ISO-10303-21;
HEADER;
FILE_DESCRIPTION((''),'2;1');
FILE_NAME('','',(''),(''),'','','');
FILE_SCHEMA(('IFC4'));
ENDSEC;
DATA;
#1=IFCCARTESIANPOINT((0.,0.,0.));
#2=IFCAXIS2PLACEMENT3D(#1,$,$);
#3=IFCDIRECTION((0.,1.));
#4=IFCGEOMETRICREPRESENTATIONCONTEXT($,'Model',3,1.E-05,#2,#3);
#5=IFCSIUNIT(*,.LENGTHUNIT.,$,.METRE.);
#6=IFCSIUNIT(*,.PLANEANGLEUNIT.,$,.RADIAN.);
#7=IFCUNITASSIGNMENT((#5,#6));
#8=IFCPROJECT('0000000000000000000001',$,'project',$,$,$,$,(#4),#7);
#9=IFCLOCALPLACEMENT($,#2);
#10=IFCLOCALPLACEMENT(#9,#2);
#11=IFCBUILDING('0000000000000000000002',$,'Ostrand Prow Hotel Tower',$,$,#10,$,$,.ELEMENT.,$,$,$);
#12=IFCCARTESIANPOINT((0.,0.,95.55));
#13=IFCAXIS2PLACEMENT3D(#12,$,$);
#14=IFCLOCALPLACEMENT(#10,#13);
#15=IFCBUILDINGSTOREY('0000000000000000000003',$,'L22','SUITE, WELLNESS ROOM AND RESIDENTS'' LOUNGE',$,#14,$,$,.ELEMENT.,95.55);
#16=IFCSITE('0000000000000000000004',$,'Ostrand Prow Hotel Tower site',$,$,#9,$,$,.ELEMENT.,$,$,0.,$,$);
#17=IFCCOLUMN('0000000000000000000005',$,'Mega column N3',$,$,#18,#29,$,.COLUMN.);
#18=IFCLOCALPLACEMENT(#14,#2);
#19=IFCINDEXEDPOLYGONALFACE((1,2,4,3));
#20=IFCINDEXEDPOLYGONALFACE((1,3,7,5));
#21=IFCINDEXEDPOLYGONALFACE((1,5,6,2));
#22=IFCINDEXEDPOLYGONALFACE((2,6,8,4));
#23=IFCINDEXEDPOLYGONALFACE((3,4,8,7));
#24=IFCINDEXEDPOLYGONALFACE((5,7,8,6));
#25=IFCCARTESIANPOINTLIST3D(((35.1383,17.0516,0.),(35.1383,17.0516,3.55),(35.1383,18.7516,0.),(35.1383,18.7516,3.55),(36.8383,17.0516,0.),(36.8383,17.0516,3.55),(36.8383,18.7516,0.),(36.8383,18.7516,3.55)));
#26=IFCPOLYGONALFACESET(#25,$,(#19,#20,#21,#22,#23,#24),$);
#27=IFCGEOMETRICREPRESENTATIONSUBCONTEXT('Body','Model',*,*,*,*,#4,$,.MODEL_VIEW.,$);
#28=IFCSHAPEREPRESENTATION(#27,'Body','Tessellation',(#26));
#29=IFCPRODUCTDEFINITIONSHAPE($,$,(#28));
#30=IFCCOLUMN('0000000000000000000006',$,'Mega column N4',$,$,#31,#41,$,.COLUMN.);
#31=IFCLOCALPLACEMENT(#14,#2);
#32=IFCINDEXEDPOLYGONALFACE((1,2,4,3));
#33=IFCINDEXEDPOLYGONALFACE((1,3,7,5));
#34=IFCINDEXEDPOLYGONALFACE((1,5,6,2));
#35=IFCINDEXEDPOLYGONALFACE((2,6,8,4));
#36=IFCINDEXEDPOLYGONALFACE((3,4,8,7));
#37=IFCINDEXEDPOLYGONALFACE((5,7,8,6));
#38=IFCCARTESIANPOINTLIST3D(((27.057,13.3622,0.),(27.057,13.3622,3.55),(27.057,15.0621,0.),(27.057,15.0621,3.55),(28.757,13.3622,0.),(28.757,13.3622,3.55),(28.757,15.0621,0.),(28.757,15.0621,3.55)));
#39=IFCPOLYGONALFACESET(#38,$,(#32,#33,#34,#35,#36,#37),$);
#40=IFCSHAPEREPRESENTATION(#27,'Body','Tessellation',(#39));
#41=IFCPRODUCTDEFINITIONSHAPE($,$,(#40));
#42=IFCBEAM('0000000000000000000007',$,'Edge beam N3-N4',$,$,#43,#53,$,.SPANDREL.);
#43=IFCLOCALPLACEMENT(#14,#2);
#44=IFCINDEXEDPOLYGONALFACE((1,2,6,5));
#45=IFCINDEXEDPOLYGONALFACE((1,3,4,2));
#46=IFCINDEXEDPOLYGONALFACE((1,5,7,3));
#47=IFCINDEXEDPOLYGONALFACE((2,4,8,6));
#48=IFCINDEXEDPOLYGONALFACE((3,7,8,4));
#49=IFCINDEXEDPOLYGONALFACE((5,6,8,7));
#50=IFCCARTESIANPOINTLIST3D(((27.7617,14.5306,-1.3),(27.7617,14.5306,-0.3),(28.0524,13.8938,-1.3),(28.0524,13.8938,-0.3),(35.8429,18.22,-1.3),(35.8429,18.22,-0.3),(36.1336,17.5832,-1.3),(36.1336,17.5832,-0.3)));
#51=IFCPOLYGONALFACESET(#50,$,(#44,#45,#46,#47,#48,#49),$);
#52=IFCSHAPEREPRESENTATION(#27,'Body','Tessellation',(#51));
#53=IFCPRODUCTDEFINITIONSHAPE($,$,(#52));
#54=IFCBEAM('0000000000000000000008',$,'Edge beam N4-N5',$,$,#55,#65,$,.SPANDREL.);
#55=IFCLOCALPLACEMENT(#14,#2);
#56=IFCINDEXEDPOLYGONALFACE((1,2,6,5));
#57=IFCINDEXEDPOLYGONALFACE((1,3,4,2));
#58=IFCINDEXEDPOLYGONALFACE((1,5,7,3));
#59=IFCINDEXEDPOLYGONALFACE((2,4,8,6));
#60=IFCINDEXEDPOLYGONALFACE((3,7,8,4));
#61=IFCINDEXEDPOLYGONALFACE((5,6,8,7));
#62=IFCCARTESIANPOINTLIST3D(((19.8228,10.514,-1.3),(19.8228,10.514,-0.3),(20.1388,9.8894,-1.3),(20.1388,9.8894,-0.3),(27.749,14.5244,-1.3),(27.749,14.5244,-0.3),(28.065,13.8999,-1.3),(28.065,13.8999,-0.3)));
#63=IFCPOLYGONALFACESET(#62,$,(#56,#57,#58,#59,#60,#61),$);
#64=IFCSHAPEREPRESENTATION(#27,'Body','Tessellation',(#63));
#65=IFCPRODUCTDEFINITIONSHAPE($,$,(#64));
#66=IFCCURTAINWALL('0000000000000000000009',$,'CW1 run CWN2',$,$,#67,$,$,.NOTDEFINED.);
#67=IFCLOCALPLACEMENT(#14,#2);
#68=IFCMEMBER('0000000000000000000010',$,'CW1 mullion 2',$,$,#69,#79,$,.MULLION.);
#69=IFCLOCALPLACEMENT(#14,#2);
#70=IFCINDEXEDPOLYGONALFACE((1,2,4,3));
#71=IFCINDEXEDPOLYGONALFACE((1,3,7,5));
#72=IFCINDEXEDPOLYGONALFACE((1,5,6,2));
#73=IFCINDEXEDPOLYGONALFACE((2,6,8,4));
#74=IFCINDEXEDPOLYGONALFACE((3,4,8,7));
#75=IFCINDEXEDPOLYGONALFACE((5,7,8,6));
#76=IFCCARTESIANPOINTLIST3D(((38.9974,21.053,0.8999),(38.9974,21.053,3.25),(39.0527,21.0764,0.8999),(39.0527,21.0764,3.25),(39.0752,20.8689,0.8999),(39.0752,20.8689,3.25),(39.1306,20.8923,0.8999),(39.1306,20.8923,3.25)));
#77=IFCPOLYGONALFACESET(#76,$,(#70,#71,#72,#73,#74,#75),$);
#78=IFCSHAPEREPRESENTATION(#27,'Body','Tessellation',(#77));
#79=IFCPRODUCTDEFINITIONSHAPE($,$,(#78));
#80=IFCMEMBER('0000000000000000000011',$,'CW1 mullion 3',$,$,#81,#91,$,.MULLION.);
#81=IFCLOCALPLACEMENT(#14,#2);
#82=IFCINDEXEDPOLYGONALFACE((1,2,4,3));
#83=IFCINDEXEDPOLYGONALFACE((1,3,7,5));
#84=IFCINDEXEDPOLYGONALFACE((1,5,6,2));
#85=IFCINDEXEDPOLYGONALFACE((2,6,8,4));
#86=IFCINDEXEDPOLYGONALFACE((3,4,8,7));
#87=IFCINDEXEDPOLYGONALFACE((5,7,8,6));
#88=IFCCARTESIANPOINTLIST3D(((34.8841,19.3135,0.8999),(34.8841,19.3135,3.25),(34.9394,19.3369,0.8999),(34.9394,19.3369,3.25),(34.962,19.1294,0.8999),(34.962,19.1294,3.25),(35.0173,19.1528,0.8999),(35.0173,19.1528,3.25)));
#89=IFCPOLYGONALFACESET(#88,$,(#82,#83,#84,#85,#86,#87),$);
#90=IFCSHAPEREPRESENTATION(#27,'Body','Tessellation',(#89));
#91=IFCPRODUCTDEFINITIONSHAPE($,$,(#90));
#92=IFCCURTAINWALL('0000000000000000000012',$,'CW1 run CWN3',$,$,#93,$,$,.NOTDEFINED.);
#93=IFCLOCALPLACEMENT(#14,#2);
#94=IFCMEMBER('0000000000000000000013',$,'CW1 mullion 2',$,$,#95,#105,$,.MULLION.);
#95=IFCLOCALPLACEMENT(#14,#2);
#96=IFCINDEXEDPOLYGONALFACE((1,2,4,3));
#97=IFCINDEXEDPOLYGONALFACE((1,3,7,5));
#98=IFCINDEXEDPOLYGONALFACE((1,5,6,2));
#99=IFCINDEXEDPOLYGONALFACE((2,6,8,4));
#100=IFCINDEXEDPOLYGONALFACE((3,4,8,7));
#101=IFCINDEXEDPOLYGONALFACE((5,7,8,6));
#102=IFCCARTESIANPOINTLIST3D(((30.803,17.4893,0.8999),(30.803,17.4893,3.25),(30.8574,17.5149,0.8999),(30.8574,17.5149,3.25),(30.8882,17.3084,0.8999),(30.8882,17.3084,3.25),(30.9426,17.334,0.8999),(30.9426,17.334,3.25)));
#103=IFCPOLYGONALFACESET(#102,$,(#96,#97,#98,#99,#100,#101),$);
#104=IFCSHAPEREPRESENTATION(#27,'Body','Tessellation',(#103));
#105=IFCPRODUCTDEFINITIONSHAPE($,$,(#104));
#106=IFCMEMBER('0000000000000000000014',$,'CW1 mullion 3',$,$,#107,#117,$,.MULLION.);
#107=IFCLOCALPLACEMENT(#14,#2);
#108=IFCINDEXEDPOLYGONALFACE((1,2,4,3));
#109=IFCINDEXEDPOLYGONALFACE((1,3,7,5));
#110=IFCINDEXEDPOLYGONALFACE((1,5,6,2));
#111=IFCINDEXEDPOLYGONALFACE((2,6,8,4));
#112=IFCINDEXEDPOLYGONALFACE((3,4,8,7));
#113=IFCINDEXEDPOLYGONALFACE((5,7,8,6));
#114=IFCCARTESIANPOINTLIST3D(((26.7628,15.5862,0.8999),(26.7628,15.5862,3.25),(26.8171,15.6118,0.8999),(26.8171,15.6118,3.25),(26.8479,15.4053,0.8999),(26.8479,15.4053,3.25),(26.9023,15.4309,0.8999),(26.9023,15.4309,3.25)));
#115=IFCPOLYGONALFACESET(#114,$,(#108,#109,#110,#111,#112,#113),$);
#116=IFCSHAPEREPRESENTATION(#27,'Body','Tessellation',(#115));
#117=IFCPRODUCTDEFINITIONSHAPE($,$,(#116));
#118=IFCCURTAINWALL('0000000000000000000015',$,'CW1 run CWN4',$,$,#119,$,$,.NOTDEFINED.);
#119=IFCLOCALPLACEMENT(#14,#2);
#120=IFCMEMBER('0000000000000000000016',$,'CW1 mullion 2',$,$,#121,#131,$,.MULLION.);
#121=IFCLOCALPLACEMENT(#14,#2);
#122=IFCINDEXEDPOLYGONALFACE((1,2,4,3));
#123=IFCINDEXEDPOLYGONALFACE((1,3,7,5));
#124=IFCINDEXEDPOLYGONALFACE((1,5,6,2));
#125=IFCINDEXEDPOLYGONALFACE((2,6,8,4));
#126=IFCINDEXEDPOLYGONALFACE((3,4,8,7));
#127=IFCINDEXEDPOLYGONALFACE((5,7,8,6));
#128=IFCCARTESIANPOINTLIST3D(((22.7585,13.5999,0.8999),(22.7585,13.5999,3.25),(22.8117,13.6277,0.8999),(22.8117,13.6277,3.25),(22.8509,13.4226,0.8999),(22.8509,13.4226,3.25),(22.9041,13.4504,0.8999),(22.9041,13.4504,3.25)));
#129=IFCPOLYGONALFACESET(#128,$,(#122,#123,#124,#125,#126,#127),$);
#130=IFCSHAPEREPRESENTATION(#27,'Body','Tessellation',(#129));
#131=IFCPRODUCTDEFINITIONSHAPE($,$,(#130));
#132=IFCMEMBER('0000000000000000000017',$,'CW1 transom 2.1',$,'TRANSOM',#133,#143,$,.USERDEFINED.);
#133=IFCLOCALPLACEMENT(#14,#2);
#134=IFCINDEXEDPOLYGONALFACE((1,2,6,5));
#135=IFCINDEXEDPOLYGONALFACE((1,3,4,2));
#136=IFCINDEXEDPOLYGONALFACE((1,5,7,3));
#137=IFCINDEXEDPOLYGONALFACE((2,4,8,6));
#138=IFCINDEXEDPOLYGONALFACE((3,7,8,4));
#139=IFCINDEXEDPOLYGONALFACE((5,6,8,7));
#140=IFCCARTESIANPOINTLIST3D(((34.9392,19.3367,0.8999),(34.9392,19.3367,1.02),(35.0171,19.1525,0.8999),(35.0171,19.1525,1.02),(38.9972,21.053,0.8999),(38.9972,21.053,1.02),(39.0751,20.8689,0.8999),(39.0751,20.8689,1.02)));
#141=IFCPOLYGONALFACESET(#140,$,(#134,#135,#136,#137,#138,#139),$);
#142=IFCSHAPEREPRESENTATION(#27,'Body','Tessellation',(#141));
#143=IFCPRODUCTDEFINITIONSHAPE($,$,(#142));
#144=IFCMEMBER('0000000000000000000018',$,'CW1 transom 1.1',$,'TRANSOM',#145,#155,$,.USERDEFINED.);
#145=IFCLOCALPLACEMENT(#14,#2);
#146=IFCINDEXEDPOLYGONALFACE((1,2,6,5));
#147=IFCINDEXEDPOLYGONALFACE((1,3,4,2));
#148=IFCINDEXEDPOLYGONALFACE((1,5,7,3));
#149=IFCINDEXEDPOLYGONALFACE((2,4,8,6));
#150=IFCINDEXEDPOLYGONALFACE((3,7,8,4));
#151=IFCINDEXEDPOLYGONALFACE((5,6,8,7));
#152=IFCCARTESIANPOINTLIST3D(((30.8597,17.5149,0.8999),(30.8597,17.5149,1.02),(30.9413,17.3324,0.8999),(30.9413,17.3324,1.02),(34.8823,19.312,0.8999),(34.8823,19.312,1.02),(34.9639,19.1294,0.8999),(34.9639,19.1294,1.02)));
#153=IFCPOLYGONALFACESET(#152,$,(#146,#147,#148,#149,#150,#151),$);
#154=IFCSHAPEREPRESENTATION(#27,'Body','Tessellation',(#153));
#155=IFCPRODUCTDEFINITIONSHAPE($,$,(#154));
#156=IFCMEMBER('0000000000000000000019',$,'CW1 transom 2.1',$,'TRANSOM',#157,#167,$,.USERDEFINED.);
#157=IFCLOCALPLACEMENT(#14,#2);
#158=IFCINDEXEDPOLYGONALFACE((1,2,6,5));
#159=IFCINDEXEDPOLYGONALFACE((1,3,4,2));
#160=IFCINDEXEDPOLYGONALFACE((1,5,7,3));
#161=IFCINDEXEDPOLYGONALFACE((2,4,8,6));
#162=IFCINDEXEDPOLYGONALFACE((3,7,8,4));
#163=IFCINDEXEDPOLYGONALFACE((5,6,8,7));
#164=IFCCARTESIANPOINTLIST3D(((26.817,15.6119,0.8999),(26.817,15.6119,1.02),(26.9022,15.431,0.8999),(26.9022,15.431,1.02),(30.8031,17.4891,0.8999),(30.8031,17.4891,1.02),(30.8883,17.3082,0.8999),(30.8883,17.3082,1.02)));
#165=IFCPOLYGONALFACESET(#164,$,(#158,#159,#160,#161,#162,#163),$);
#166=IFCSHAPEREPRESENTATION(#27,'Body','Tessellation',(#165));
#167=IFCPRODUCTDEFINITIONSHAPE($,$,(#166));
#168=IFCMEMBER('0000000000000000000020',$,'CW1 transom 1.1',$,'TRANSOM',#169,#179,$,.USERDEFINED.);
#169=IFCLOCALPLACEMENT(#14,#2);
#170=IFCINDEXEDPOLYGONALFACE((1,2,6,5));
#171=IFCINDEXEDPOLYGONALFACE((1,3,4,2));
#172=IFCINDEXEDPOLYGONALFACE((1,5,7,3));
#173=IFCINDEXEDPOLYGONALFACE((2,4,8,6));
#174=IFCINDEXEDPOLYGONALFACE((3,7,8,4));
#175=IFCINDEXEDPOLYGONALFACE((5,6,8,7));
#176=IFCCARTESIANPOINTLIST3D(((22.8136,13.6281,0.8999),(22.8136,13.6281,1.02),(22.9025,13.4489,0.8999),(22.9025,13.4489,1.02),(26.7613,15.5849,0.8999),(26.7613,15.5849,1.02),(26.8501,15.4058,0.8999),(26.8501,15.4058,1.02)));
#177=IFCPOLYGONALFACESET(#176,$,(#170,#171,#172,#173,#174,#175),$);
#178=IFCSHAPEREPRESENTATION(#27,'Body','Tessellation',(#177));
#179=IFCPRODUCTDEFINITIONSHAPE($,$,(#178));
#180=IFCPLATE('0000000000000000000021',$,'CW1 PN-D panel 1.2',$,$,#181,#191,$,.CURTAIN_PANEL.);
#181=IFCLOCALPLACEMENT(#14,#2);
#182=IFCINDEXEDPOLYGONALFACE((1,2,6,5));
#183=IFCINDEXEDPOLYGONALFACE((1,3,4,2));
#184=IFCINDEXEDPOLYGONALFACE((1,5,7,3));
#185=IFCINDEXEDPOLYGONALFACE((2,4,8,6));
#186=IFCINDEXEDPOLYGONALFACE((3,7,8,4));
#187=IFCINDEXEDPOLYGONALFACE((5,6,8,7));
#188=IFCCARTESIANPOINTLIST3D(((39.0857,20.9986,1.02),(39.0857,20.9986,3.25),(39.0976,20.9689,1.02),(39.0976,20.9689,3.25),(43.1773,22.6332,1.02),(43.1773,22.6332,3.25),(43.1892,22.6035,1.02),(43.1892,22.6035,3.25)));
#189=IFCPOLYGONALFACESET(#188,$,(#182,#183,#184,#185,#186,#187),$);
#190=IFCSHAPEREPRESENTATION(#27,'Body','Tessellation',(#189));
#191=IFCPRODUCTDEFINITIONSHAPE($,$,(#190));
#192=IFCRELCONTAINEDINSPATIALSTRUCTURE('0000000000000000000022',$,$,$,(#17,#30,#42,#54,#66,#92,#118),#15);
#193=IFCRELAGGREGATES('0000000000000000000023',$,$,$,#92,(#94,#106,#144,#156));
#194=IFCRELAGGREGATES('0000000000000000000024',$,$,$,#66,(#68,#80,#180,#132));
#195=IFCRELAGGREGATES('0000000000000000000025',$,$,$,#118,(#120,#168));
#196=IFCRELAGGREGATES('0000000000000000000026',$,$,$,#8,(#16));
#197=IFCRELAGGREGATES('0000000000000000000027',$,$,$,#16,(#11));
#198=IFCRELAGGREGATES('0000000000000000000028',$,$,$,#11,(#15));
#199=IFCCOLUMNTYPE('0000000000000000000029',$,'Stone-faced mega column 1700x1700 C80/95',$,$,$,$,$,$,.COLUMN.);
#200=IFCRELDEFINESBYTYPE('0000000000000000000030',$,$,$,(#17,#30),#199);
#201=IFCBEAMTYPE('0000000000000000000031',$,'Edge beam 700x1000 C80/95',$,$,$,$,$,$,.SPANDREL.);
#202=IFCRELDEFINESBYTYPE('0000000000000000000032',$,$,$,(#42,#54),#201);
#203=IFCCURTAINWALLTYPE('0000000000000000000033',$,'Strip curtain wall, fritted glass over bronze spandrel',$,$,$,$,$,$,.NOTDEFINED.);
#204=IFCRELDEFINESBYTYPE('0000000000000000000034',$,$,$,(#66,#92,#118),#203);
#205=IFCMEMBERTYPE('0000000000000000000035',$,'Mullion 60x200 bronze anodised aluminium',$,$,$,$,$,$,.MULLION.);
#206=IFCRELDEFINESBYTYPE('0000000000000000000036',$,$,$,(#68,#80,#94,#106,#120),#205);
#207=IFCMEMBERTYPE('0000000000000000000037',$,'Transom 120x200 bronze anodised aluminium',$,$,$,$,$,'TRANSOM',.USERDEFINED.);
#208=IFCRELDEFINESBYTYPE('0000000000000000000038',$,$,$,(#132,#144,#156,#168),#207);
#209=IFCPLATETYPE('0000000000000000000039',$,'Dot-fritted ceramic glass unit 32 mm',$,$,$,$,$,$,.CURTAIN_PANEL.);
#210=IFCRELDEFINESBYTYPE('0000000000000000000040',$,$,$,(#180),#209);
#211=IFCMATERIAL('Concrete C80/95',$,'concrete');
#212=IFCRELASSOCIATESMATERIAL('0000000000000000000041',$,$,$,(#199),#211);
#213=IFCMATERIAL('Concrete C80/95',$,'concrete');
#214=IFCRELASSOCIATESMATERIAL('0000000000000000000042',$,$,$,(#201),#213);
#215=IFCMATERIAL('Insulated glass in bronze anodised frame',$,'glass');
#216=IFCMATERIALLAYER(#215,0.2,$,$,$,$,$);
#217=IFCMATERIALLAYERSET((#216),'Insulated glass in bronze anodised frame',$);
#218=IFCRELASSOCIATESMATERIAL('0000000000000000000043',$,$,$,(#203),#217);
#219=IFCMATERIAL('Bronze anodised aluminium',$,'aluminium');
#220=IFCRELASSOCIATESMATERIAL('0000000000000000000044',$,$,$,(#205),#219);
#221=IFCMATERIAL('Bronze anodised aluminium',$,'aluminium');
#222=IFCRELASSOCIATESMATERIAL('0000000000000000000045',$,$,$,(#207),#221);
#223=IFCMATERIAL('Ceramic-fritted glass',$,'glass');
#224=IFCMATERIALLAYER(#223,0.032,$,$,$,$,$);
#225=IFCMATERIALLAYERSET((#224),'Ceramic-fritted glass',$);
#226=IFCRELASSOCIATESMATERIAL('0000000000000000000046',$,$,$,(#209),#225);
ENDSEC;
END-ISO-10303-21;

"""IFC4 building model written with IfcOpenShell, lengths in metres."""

from ifc_helpers import new_model, si_unit, direction, frame, origin, origin_2d, place, context, subcontext, project, spatial, rectangle, extrude, material, layer, layer_set, material_profile, profile_set, type_object, element, aggregate, save


model = new_model("IFC4")

# Units and contexts
model_context = context("Model", 3, precision=1e-05, world=origin(), true_north=direction((0.0, 1.0)))
body_context = subcontext(model_context, "Body", "Model", "MODEL_VIEW")
ifc_project = project(units=[si_unit("LENGTHUNIT", "METRE"), si_unit("PLANEANGLEUNIT", "RADIAN")], contexts=[model_context])

# Site, building, storey
site_placement = place(None, origin())
site = spatial("IfcSite", under=ifc_project, at=site_placement, Name="Ostrand Prow Hotel Tower site", CompositionType="ELEMENT", RefElevation=0.0)
building_placement = place(site_placement, origin())
building = spatial("IfcBuilding", under=site, at=building_placement, Name="Ostrand Prow Hotel Tower", CompositionType="ELEMENT")
storey_placement = place(building_placement, frame((0.0, 0.0, 95.55)))
storey = spatial("IfcBuildingStorey", under=building, at=storey_placement, Name="L22", Description="SUITE, WELLNESS ROOM AND RESIDENTS' LOUNGE", CompositionType="ELEMENT", Elevation=95.55)

# Columns
ifc_material_1 = material(Name="Concrete C80/95", Category="concrete")
ifc_material_profile_1 = material_profile(ifc_material_1, rectangle(XDim=1.7, YDim=1.7, at=origin_2d()), Name="RC 1700x1700")
ifc_profile_set_1 = profile_set([ifc_material_profile_1], Name="Concrete C80/95")
column_type = type_object("IfcColumnType", Name="Stone-faced mega column 1700x1700 C80/95", PredefinedType="COLUMN", material=ifc_profile_set_1)
for number, where, z_axis, x_axis, name in (
    (1, (35.9883, 17.9016, 0.0), (0.0, 0.0, 1.0), (1.0, 0.0, 0.0), "Mega column N3"),
    (2, (27.907, 14.2122, 0.0), (0.0, 0.0, 1.0), (1.0, 0.0, 0.0), "Mega column N4"),
):
    element("IfcColumn", number, at=place(storey_placement, frame(where, z_axis=z_axis, x_axis=x_axis)), inside=storey, type_object=column_type, Name=name, PredefinedType="COLUMN", context=body_context, shape_type="SweptSolid", body=[
        extrude(rectangle(XDim=1.7, YDim=1.7, at=origin_2d()), origin(), (0.0, 0.0, 1.0), 3.55),
    ])

# Beams
ifc_material_2 = material(Name="Concrete C80/95", Category="concrete")
ifc_material_profile_2 = material_profile(ifc_material_2, rectangle(XDim=0.7, YDim=1.0, at=origin_2d()), Name="RC 700x1000")
ifc_profile_set_2 = profile_set([ifc_material_profile_2], Name="Concrete C80/95")
beam_type = type_object("IfcBeamType", Name="Edge beam 700x1000 C80/95", PredefinedType="SPANDREL", material=ifc_profile_set_2)
beam_1_placement = place(storey_placement, frame((35.9883, 17.9016, -0.8), z_axis=(-0.909681, -0.415308, 0.0), x_axis=(0.415308, -0.909681, 0.0)))
element("IfcBeam", 3, at=beam_1_placement, inside=storey, type_object=beam_type, Name="Edge beam N3-N4", PredefinedType="SPANDREL", context=body_context, shape_type="SweptSolid", body=[
    extrude(rectangle(XDim=0.7, YDim=1.0, at=origin_2d()), origin(), (0.0, 0.0, 1.0), 8.8835),
])
beam_2_placement = place(storey_placement, frame((27.907, 14.2122, -0.8), z_axis=(-0.892284, -0.451474, 0.0), x_axis=(0.451474, -0.892284, 0.0)))
element("IfcBeam", 4, at=beam_2_placement, inside=storey, type_object=beam_type, Name="Edge beam N4-N5", PredefinedType="SPANDREL", context=body_context, shape_type="SweptSolid", body=[
    extrude(rectangle(XDim=0.7, YDim=1.0, at=origin_2d()), origin(), (0.0, 0.0, 1.0), 8.8831),
])

# Curtain walls, members
ifc_material_3 = material(Name="Insulated glass in bronze anodised frame", Category="glass")
ifc_layer_1 = layer(ifc_material_3, 0.2)
ifc_layer_set_1 = layer_set([ifc_layer_1], Name="Insulated glass in bronze anodised frame")
curtain_wall_type = type_object("IfcCurtainWallType", Name="Strip curtain wall, fritted glass over bronze spandrel", PredefinedType="NOTDEFINED", material=ifc_layer_set_1)
curtain_wall_1_placement = place(storey_placement, origin())
curtain_wall_1 = element("IfcCurtainWall", 5, at=curtain_wall_1_placement, inside=storey, type_object=curtain_wall_type, Name="CW1 run CWN2", PredefinedType="NOTDEFINED")
ifc_material_4 = material(Name="Bronze anodised aluminium", Category="aluminium")
ifc_material_profile_3 = material_profile(ifc_material_4, rectangle(XDim=0.2, YDim=0.0601, at=origin_2d()), Name="Mullion 60x200 bronze anodised aluminium")
ifc_profile_set_3 = profile_set([ifc_material_profile_3], Name="Bronze anodised aluminium")
member_type_1 = type_object("IfcMemberType", Name="Mullion 60x200 bronze anodised aluminium", PredefinedType="MULLION", material=ifc_profile_set_3)
member_1_placement = place(storey_placement, frame((39.064, 20.9727, 0.8999), z_axis=(0.0, 0.0, 1.0), x_axis=(0.389507, -0.921024, 0.0)))
member_1 = element("IfcMember", 6, at=member_1_placement, type_object=member_type_1, Name="CW1 mullion 2", PredefinedType="MULLION", context=body_context, shape_type="SweptSolid", body=[
    extrude(rectangle(XDim=0.2, YDim=0.0601, at=origin_2d()), origin(), (0.0, 0.0, 1.0), 2.3501),
])
member_2_placement = place(storey_placement, frame((34.9507, 19.2332, 0.8999), z_axis=(0.0, 0.0, 1.0), x_axis=(0.389507, -0.921024, 0.0)))
member_2 = element("IfcMember", 7, at=member_2_placement, type_object=member_type_1, Name="CW1 mullion 3", PredefinedType="MULLION", context=body_context, shape_type="SweptSolid", body=[
    extrude(rectangle(XDim=0.2, YDim=0.0601, at=origin_2d()), origin(), (0.0, 0.0, 1.0), 2.3501),
])
curtain_wall_2_placement = place(storey_placement, origin())
curtain_wall_2 = element("IfcCurtainWall", 8, at=curtain_wall_2_placement, inside=storey, type_object=curtain_wall_type, Name="CW1 run CWN3", PredefinedType="NOTDEFINED")
member_3_placement = place(storey_placement, frame((30.8728, 17.4116, 0.8999), z_axis=(0.0, 0.0, 1.0), x_axis=(0.426079, -0.904686, 0.0)))
member_3 = element("IfcMember", 9, at=member_3_placement, type_object=member_type_1, Name="CW1 mullion 2", PredefinedType="MULLION", context=body_context, shape_type="SweptSolid", body=[
    extrude(rectangle(XDim=0.2, YDim=0.0601, at=origin_2d()), origin(), (0.0, 0.0, 1.0), 2.3501),
])
member_4_placement = place(storey_placement, frame((26.8325, 15.5085, 0.8999), z_axis=(0.0, 0.0, 1.0), x_axis=(0.426079, -0.904686, 0.0)))
member_4 = element("IfcMember", 10, at=member_4_placement, type_object=member_type_1, Name="CW1 mullion 3", PredefinedType="MULLION", context=body_context, shape_type="SweptSolid", body=[
    extrude(rectangle(XDim=0.2, YDim=0.0601, at=origin_2d()), origin(), (0.0, 0.0, 1.0), 2.3501),
])

# Curtain wall, member
curtain_wall_3_placement = place(storey_placement, origin())
curtain_wall_3 = element("IfcCurtainWall", 11, at=curtain_wall_3_placement, inside=storey, type_object=curtain_wall_type, Name="CW1 run CWN4", PredefinedType="NOTDEFINED")
member_5_placement = place(storey_placement, frame((22.8313, 13.5251, 0.8999), z_axis=(0.0, 0.0, 1.0), x_axis=(0.461968, -0.886896, 0.0)))
member_5 = element("IfcMember", 12, at=member_5_placement, type_object=member_type_1, Name="CW1 mullion 2", PredefinedType="MULLION", context=body_context, shape_type="SweptSolid", body=[
    extrude(rectangle(XDim=0.2, YDim=0.0601, at=origin_2d()), origin(), (0.0, 0.0, 1.0), 2.3501),
])

# Members
ifc_material_5 = material(Name="Bronze anodised aluminium", Category="aluminium")
ifc_material_profile_4 = material_profile(ifc_material_5, rectangle(XDim=0.2, YDim=0.1201, at=origin_2d()), Name="Transom 120x200 bronze anodised aluminium")
ifc_profile_set_4 = profile_set([ifc_material_profile_4], Name="Bronze anodised aluminium")
member_type_2 = type_object("IfcMemberType", Name="Transom 120x200 bronze anodised aluminium", ElementType="TRANSOM", PredefinedType="USERDEFINED", material=ifc_profile_set_4)
member_6_placement = place(storey_placement, frame((39.0361, 20.9609, 0.96), z_axis=(-0.921006, -0.389548, 0.0), x_axis=(0.389548, -0.921006, 0.0)))
member_6 = element("IfcMember", 13, at=member_6_placement, type_object=member_type_2, Name="CW1 transom 2.1", ObjectType="TRANSOM", PredefinedType="USERDEFINED", context=body_context, shape_type="SweptSolid", body=[
    extrude(rectangle(XDim=0.2, YDim=0.1201, at=origin_2d()), origin(), (0.0, 0.0, 1.0), 4.406),
])
member_7_placement = place(storey_placement, frame((34.9231, 19.2207, 0.96), z_axis=(-0.913031, -0.407891, 0.0), x_axis=(0.407891, -0.913031, 0.0)))
member_7 = element("IfcMember", 14, at=member_7_placement, type_object=member_type_2, Name="CW1 transom 1.1", ObjectType="TRANSOM", PredefinedType="USERDEFINED", context=body_context, shape_type="SweptSolid", body=[
    extrude(rectangle(XDim=0.2, YDim=0.1201, at=origin_2d()), origin(), (0.0, 0.0, 1.0), 4.4058),
])
member_8_placement = place(storey_placement, frame((30.8457, 17.3987, 0.96), z_axis=(-0.904697, -0.426056, 0.0), x_axis=(0.426056, -0.904697, 0.0)))
member_8 = element("IfcMember", 15, at=member_8_placement, type_object=member_type_2, Name="CW1 transom 2.1", ObjectType="TRANSOM", PredefinedType="USERDEFINED", context=body_context, shape_type="SweptSolid", body=[
    extrude(rectangle(XDim=0.2, YDim=0.1201, at=origin_2d()), origin(), (0.0, 0.0, 1.0), 4.406),
])
member_9_placement = place(storey_placement, frame((26.8057, 15.4954, 0.96), z_axis=(-0.895962, -0.44413, 0.0), x_axis=(0.44413, -0.895962, 0.0)))
member_9 = element("IfcMember", 16, at=member_9_placement, type_object=member_type_2, Name="CW1 transom 1.1", ObjectType="TRANSOM", PredefinedType="USERDEFINED", context=body_context, shape_type="SweptSolid", body=[
    extrude(rectangle(XDim=0.2, YDim=0.1201, at=origin_2d()), origin(), (0.0, 0.0, 1.0), 4.406),
])

# Plate
ifc_material_6 = material(Name="Ceramic-fritted glass", Category="glass")
ifc_layer_2 = layer(ifc_material_6, 0.032)
ifc_layer_set_2 = layer_set([ifc_layer_2], Name="Ceramic-fritted glass")
plate_type_1 = type_object("IfcPlateType", Name="Dot-fritted ceramic glass unit 32 mm", PredefinedType="CURTAIN_PANEL", material=ifc_layer_set_2)
plate_1_placement = place(storey_placement, frame((41.1375, 21.801, 1.02), z_axis=(0.0, 0.0, 1.0), x_axis=(-0.92864, -0.370982, 0.0)))
plate_1 = element("IfcPlate", 17, at=plate_1_placement, type_object=plate_type_1, Name="CW1 PN-D panel 1.2", PredefinedType="CURTAIN_PANEL", context=body_context, shape_type="SweptSolid", body=[
    extrude(rectangle(XDim=4.406, YDim=0.032, at=origin_2d()), origin(), (0.0, 0.0, 1.0), 2.23),
])
aggregate(curtain_wall_2, [member_3, member_4, member_7, member_8])
aggregate(curtain_wall_1, [member_1, member_2, plate_1, member_6])
aggregate(curtain_wall_3, [member_5, member_9])

save(model, "model.ifc")
